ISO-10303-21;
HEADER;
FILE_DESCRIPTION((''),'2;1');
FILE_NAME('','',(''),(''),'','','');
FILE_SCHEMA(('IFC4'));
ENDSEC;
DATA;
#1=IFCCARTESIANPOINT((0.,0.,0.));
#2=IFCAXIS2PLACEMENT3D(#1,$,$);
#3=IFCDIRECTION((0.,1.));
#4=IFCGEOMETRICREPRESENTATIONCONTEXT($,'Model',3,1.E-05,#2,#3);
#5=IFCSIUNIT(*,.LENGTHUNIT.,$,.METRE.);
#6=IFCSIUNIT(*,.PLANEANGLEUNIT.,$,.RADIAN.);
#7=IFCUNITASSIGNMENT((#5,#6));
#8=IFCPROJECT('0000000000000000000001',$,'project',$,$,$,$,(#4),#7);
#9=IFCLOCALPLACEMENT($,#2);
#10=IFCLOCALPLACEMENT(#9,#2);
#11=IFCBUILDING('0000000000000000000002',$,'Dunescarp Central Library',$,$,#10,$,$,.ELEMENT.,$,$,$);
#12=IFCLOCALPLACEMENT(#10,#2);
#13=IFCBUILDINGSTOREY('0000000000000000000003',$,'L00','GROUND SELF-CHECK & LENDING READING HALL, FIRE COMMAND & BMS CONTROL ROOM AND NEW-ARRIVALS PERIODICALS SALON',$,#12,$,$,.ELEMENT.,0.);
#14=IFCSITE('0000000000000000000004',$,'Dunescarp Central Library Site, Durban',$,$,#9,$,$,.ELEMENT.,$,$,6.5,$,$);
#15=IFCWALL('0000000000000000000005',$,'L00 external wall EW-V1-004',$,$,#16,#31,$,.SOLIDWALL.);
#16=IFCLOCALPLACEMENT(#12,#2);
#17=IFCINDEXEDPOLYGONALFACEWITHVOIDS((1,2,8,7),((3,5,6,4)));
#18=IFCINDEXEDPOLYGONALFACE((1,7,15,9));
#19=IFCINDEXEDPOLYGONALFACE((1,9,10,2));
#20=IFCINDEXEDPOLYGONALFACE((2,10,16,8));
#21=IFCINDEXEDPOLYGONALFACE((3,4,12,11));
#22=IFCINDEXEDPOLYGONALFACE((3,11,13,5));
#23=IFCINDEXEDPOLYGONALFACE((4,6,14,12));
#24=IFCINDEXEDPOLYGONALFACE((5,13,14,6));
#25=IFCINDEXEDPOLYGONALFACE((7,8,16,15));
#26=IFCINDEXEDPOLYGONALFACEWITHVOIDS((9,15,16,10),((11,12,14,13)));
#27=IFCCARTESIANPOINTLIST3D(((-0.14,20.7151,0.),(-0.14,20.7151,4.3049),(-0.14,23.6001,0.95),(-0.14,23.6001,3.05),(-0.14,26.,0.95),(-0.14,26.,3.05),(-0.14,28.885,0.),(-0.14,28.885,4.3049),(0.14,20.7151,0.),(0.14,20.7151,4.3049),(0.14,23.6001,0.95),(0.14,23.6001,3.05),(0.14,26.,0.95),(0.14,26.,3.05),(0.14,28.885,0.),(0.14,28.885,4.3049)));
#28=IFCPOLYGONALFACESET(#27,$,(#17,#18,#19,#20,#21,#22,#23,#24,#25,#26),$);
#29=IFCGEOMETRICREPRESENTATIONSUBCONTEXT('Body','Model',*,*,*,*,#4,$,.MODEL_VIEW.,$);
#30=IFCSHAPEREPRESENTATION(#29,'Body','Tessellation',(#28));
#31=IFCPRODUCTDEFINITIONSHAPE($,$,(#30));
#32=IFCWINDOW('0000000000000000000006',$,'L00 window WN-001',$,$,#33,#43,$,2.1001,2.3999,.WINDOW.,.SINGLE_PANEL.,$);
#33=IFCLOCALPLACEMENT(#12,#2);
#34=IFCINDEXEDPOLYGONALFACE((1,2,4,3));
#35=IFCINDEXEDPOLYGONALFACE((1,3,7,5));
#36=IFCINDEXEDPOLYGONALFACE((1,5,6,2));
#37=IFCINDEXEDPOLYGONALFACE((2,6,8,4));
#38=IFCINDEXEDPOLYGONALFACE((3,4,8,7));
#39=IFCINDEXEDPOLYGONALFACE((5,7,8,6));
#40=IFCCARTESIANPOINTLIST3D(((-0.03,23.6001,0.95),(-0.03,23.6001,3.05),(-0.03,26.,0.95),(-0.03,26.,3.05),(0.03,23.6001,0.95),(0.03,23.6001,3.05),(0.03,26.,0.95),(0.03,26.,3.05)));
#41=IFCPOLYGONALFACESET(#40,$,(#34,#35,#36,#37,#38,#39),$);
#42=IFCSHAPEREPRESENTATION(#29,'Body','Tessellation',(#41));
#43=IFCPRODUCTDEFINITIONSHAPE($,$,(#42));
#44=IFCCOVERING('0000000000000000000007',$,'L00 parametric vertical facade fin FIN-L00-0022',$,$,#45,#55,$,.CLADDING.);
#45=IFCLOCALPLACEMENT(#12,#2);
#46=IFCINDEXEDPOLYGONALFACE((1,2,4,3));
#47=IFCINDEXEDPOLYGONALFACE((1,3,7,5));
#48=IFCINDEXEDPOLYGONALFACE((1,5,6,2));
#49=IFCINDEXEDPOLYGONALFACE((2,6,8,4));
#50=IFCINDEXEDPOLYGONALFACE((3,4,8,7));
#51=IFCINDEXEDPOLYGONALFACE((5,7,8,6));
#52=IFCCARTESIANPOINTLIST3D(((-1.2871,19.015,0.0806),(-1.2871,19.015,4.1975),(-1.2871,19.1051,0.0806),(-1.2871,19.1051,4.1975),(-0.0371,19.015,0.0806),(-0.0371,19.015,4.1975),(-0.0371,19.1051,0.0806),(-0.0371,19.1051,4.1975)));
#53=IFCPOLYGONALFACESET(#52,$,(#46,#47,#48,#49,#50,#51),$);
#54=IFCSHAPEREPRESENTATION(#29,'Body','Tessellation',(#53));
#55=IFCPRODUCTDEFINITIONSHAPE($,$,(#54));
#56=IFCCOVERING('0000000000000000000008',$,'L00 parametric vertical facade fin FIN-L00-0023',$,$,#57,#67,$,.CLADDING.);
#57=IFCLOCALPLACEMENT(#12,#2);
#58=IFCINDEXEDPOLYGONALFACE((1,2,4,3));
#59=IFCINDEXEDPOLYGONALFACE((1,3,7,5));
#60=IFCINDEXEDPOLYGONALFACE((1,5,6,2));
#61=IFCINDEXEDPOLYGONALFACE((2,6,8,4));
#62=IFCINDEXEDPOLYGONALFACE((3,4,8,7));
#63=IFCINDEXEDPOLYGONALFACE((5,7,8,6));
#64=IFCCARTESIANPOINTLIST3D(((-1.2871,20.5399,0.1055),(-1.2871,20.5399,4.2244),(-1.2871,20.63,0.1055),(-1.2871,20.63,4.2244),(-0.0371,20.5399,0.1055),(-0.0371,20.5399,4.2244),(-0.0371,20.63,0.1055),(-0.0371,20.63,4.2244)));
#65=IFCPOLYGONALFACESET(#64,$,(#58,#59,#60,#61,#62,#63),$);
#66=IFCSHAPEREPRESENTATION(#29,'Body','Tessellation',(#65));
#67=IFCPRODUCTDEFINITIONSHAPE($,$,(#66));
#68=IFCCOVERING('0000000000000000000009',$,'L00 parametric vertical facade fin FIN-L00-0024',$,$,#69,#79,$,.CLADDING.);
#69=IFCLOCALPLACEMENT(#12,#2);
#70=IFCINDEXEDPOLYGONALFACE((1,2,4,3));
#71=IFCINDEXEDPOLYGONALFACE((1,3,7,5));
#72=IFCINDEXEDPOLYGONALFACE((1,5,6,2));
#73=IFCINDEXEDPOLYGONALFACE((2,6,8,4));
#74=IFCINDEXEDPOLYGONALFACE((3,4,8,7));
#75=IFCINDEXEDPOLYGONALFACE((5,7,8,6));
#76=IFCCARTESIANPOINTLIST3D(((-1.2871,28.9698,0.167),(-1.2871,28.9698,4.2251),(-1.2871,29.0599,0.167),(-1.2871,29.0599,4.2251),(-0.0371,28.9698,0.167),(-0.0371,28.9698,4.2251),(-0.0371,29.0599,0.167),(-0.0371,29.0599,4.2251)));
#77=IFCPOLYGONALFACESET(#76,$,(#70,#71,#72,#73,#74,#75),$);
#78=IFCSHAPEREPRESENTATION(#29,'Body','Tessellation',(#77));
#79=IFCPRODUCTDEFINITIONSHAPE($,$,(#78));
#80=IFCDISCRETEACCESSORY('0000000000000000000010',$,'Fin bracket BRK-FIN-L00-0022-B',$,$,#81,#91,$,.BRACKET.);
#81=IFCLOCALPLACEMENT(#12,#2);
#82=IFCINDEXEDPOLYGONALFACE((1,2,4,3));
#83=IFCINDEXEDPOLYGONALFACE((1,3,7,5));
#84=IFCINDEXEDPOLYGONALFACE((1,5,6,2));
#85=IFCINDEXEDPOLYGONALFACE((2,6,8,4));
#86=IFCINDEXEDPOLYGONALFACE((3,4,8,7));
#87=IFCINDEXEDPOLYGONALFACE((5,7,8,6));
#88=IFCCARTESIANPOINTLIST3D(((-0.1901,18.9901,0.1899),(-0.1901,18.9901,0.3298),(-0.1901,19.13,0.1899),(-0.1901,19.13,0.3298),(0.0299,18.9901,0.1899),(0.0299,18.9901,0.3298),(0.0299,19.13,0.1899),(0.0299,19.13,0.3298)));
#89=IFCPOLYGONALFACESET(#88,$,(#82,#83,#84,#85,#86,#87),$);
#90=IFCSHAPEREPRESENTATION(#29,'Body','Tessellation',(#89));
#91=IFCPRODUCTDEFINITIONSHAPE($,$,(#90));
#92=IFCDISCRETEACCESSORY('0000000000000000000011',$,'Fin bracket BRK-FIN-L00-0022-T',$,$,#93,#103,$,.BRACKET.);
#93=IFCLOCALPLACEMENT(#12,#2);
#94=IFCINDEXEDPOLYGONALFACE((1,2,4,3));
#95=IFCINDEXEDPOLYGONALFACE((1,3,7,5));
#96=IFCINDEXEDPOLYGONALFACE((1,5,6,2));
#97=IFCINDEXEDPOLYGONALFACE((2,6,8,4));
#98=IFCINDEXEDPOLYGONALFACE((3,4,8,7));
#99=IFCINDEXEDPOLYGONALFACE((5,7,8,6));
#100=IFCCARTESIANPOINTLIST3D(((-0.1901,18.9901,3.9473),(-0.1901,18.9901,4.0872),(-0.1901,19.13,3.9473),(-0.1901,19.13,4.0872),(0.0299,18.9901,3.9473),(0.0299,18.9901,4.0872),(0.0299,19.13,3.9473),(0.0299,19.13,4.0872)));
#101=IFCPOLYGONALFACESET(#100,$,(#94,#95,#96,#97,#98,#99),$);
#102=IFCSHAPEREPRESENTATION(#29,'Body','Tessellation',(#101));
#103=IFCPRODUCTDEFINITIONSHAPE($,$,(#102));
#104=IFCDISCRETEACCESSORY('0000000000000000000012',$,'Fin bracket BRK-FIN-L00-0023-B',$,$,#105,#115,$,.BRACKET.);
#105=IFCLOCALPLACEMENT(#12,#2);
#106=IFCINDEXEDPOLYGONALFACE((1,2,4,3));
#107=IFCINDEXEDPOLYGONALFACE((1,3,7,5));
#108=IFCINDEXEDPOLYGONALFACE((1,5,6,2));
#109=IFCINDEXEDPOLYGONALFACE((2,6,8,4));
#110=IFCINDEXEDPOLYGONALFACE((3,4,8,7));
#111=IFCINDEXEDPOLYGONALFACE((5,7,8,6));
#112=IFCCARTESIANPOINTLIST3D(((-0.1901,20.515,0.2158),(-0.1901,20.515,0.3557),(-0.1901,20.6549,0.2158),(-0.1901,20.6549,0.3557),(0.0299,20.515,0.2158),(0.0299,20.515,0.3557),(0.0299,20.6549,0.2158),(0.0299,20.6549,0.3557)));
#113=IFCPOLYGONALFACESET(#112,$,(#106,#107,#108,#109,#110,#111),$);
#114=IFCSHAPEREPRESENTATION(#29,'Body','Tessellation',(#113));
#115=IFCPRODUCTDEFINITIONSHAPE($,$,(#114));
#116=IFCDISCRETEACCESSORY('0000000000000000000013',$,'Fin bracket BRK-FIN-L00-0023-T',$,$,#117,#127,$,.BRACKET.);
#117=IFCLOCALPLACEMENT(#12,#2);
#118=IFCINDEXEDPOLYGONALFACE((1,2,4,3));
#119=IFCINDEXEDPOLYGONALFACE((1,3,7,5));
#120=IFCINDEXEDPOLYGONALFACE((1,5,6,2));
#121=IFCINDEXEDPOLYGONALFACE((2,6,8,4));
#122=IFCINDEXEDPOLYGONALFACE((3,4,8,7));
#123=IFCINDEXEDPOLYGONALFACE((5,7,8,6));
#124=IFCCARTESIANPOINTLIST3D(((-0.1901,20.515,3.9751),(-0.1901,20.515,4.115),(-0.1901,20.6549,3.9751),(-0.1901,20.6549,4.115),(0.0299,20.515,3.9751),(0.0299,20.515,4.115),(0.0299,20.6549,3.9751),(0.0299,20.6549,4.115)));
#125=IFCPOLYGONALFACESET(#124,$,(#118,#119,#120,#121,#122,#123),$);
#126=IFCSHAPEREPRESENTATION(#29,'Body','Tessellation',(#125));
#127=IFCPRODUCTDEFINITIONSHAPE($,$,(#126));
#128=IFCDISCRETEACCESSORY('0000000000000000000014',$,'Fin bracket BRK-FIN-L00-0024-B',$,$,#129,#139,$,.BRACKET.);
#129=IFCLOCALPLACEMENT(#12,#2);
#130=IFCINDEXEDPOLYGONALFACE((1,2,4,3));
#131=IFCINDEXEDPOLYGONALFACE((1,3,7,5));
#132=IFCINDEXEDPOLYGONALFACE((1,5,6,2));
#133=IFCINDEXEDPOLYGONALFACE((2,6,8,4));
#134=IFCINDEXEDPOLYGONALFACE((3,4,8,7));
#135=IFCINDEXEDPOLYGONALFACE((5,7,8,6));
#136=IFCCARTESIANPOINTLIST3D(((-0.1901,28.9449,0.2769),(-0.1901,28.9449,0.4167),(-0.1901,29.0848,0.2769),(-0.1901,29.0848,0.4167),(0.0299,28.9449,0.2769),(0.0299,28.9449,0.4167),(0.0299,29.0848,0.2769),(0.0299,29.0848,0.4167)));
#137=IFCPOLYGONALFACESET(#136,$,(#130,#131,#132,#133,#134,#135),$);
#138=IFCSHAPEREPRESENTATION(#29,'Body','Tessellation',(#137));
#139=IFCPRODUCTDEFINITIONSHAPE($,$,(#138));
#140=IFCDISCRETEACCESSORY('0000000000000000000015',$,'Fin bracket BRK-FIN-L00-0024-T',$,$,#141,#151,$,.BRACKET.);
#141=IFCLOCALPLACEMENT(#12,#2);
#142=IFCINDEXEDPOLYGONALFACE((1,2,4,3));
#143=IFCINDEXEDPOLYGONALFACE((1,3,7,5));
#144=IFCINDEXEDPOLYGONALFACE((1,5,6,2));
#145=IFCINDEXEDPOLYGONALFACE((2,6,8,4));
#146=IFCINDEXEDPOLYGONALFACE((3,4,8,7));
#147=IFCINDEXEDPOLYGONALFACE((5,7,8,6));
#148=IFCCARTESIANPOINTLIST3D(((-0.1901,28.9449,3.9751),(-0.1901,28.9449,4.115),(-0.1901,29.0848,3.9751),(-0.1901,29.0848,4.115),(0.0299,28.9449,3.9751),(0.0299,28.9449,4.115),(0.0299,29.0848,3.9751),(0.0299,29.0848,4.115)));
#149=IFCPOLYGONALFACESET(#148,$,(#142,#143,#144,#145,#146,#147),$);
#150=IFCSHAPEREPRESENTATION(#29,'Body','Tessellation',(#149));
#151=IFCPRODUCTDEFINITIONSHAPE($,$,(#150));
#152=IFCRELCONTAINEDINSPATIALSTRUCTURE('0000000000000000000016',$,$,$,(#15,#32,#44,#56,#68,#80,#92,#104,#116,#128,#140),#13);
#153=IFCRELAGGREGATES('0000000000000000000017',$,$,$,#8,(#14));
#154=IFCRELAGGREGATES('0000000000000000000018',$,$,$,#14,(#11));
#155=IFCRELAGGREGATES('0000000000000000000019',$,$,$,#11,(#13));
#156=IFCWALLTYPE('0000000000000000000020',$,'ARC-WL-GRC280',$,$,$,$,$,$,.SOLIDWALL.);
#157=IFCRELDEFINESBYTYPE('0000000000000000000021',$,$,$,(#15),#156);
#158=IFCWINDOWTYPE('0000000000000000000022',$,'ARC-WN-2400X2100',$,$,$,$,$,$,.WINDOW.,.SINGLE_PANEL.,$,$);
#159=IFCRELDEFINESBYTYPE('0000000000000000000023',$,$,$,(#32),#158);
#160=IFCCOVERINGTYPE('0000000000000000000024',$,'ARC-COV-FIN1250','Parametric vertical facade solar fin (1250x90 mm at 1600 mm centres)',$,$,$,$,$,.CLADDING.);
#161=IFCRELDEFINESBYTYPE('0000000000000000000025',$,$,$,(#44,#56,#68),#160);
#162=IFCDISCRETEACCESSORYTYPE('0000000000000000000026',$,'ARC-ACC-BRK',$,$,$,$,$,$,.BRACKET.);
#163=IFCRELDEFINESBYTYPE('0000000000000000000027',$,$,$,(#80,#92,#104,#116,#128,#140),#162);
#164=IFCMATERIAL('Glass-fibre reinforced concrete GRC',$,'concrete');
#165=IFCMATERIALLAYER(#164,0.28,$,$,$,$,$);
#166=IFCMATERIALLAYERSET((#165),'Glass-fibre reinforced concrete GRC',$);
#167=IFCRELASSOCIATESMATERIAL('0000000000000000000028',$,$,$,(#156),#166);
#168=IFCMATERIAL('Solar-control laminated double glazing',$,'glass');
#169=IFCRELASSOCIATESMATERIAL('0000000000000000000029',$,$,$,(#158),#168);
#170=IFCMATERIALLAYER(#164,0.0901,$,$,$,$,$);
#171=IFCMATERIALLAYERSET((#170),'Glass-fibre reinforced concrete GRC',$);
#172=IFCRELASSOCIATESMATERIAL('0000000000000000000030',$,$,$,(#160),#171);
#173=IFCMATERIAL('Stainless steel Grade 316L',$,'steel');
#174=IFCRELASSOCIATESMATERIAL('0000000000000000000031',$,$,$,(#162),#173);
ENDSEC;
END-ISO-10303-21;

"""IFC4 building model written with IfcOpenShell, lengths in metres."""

from ifc_helpers import new_model, si_unit, direction, frame, frame_2d, origin, origin_2d, place, context, subcontext, project, spatial, rectangle, extrude, material, layer, layer_set, type_object, element, fill, save


model = new_model("IFC4")

# Units and contexts
model_context = context("Model", 3, precision=1e-05, world=origin(), true_north=direction((0.0, 1.0)))
body_context = subcontext(model_context, "Body", "Model", "MODEL_VIEW")
ifc_project = project(units=[si_unit("LENGTHUNIT", "METRE"), si_unit("PLANEANGLEUNIT", "RADIAN")], contexts=[model_context])

# Site, building, storey
site_placement = place(None, origin())
site = spatial("IfcSite", under=ifc_project, at=site_placement, Name="Dunescarp Central Library Site, Durban", CompositionType="ELEMENT", RefElevation=6.5)
building_placement = place(site_placement, origin())
building = spatial("IfcBuilding", under=site, at=building_placement, Name="Dunescarp Central Library", CompositionType="ELEMENT")
storey_placement = place(building_placement, origin())
storey = spatial("IfcBuildingStorey", under=building, at=storey_placement, Name="L00", Description="GROUND SELF-CHECK & LENDING READING HALL, FIRE COMMAND & BMS CONTROL ROOM AND NEW-ARRIVALS PERIODICALS SALON", CompositionType="ELEMENT", Elevation=0.0)

# Shared definitions
ifc_material_1 = material(Name="Solar-control laminated double glazing", Category="glass")

# Wall, opening, window
ifc_material_2 = material(Name="Glass-fibre reinforced concrete GRC", Category="concrete")
ifc_layer_1 = layer(ifc_material_2, 0.28)
ifc_layer_set_1 = layer_set([ifc_layer_1], Name="Glass-fibre reinforced concrete GRC")
wall_type = type_object("IfcWallType", Name="ARC-WL-GRC280", PredefinedType="SOLIDWALL", material=ifc_layer_set_1)
wall_placement = place(storey_placement, frame((0.0, 20.7151, 0.0), z_axis=(0.0, 0.0, 1.0), x_axis=(0.0, 1.0, 0.0)))
wall = element("IfcWall", 1, at=wall_placement, inside=storey, type_object=wall_type, Name="L00 external wall EW-V1-004", PredefinedType="SOLIDWALL", context=body_context, shape_type="SweptSolid", body=[
    extrude(rectangle(XDim=8.1699, YDim=0.28, at=frame_2d((4.085, 0.0))), origin(), (0.0, 0.0, 1.0), 4.3049),
])
opening_placement = place(wall_placement, frame((2.885, 0.0, 0.95)))
opening = element("IfcOpeningElement", 2, at=opening_placement, cuts=wall, PredefinedType="OPENING", context=body_context, shape_type="SweptSolid", body=[
    extrude(rectangle(XDim=2.3999, YDim=2.1001, at=frame_2d((1.2, 1.05))), frame((0.0, 0.1499, 0.0), z_axis=(0.0, -1.0, 0.0), x_axis=(1.0, 0.0, 0.0)), (0.0, 0.0, 1.0), 0.3),
])
window_type = type_object("IfcWindowType", Name="ARC-WN-2400X2100", PartitioningType="SINGLE_PANEL", PredefinedType="WINDOW", material=ifc_material_1)
window_placement = place(opening_placement, origin())
window = element("IfcWindow", 3, at=window_placement, inside=storey, type_object=window_type, Name="L00 window WN-001", OverallHeight=2.1001, OverallWidth=2.3999, PartitioningType="SINGLE_PANEL", PredefinedType="WINDOW", context=body_context, shape_type="SweptSolid", body=[
    extrude(rectangle(XDim=2.3999, YDim=2.1001, at=frame_2d((1.2, 1.05))), frame((0.0, 0.03, 0.0), z_axis=(0.0, -1.0, 0.0), x_axis=(1.0, 0.0, 0.0)), (0.0, 0.0, 1.0), 0.0601),
])
fill(opening, window)

# Coverings
ifc_layer_2 = layer(ifc_material_2, 0.0901)
ifc_layer_set_2 = layer_set([ifc_layer_2], Name="Glass-fibre reinforced concrete GRC")
covering_type = type_object("IfcCoveringType", Name="ARC-COV-FIN1250", Description="Parametric vertical facade solar fin (1250x90 mm at 1600 mm centres)", PredefinedType="CLADDING", material=ifc_layer_set_2)
covering_1_placement = place(storey_placement, frame((-0.6621, 19.0601, 0.0806), z_axis=(0.0, 0.0, 1.0), x_axis=(-1.0, 0.0, 0.0)))
element("IfcCovering", 4, at=covering_1_placement, inside=storey, type_object=covering_type, Name="L00 parametric vertical facade fin FIN-L00-0022", PredefinedType="CLADDING", context=body_context, shape_type="SweptSolid", body=[
    extrude(rectangle(XDim=1.25, YDim=0.0901, at=origin_2d()), origin(), (0.0, 0.0, 1.0), 4.1169),
])
covering_2_placement = place(storey_placement, frame((-0.6621, 20.585, 0.1055), z_axis=(0.0, 0.0, 1.0), x_axis=(-1.0, 0.0, 0.0)))
element("IfcCovering", 5, at=covering_2_placement, inside=storey, type_object=covering_type, Name="L00 parametric vertical facade fin FIN-L00-0023", PredefinedType="CLADDING", context=body_context, shape_type="SweptSolid", body=[
    extrude(rectangle(XDim=1.25, YDim=0.0901, at=origin_2d()), origin(), (0.0, 0.0, 1.0), 4.1189),
])
covering_3_placement = place(storey_placement, frame((-0.6621, 29.0149, 0.167), z_axis=(0.0, 0.0, 1.0), x_axis=(-1.0, 0.0, 0.0)))
element("IfcCovering", 6, at=covering_3_placement, inside=storey, type_object=covering_type, Name="L00 parametric vertical facade fin FIN-L00-0024", PredefinedType="CLADDING", context=body_context, shape_type="SweptSolid", body=[
    extrude(rectangle(XDim=1.25, YDim=0.0901, at=origin_2d()), origin(), (0.0, 0.0, 1.0), 4.0581),
])

# Discrete accessories
ifc_material_3 = material(Name="Stainless steel Grade 316L", Category="steel")
discrete_accessory_type = type_object("IfcDiscreteAccessoryType", Name="ARC-ACC-BRK", PredefinedType="BRACKET", material=ifc_material_3)
for number, where, z_axis, x_axis, name in (
    (7, (-0.0801, 19.0601, 0.1899), (0.0, 0.0, 1.0), (-1.0, 0.0, 0.0), "Fin bracket BRK-FIN-L00-0022-B"),
    (8, (-0.0801, 19.0601, 3.9473), (0.0, 0.0, 1.0), (-1.0, 0.0, 0.0), "Fin bracket BRK-FIN-L00-0022-T"),
    (9, (-0.0801, 20.585, 0.2158), (0.0, 0.0, 1.0), (-1.0, 0.0, 0.0), "Fin bracket BRK-FIN-L00-0023-B"),
    (10, (-0.0801, 20.585, 3.9751), (0.0, 0.0, 1.0), (-1.0, 0.0, 0.0), "Fin bracket BRK-FIN-L00-0023-T"),
    (11, (-0.0801, 29.0149, 0.2769), (0.0, 0.0, 1.0), (-1.0, 0.0, 0.0), "Fin bracket BRK-FIN-L00-0024-B"),
    (12, (-0.0801, 29.0149, 3.9751), (0.0, 0.0, 1.0), (-1.0, 0.0, 0.0), "Fin bracket BRK-FIN-L00-0024-T"),
):
    element("IfcDiscreteAccessory", number, at=place(storey_placement, frame(where, z_axis=z_axis, x_axis=x_axis)), inside=storey, type_object=discrete_accessory_type, Name=name, PredefinedType="BRACKET", context=body_context, shape_type="SweptSolid", body=[
        extrude(rectangle(XDim=0.22, YDim=0.1399, at=origin_2d()), origin(), (0.0, 0.0, 1.0), 0.1399),
    ])

save(model, "model.ifc")
